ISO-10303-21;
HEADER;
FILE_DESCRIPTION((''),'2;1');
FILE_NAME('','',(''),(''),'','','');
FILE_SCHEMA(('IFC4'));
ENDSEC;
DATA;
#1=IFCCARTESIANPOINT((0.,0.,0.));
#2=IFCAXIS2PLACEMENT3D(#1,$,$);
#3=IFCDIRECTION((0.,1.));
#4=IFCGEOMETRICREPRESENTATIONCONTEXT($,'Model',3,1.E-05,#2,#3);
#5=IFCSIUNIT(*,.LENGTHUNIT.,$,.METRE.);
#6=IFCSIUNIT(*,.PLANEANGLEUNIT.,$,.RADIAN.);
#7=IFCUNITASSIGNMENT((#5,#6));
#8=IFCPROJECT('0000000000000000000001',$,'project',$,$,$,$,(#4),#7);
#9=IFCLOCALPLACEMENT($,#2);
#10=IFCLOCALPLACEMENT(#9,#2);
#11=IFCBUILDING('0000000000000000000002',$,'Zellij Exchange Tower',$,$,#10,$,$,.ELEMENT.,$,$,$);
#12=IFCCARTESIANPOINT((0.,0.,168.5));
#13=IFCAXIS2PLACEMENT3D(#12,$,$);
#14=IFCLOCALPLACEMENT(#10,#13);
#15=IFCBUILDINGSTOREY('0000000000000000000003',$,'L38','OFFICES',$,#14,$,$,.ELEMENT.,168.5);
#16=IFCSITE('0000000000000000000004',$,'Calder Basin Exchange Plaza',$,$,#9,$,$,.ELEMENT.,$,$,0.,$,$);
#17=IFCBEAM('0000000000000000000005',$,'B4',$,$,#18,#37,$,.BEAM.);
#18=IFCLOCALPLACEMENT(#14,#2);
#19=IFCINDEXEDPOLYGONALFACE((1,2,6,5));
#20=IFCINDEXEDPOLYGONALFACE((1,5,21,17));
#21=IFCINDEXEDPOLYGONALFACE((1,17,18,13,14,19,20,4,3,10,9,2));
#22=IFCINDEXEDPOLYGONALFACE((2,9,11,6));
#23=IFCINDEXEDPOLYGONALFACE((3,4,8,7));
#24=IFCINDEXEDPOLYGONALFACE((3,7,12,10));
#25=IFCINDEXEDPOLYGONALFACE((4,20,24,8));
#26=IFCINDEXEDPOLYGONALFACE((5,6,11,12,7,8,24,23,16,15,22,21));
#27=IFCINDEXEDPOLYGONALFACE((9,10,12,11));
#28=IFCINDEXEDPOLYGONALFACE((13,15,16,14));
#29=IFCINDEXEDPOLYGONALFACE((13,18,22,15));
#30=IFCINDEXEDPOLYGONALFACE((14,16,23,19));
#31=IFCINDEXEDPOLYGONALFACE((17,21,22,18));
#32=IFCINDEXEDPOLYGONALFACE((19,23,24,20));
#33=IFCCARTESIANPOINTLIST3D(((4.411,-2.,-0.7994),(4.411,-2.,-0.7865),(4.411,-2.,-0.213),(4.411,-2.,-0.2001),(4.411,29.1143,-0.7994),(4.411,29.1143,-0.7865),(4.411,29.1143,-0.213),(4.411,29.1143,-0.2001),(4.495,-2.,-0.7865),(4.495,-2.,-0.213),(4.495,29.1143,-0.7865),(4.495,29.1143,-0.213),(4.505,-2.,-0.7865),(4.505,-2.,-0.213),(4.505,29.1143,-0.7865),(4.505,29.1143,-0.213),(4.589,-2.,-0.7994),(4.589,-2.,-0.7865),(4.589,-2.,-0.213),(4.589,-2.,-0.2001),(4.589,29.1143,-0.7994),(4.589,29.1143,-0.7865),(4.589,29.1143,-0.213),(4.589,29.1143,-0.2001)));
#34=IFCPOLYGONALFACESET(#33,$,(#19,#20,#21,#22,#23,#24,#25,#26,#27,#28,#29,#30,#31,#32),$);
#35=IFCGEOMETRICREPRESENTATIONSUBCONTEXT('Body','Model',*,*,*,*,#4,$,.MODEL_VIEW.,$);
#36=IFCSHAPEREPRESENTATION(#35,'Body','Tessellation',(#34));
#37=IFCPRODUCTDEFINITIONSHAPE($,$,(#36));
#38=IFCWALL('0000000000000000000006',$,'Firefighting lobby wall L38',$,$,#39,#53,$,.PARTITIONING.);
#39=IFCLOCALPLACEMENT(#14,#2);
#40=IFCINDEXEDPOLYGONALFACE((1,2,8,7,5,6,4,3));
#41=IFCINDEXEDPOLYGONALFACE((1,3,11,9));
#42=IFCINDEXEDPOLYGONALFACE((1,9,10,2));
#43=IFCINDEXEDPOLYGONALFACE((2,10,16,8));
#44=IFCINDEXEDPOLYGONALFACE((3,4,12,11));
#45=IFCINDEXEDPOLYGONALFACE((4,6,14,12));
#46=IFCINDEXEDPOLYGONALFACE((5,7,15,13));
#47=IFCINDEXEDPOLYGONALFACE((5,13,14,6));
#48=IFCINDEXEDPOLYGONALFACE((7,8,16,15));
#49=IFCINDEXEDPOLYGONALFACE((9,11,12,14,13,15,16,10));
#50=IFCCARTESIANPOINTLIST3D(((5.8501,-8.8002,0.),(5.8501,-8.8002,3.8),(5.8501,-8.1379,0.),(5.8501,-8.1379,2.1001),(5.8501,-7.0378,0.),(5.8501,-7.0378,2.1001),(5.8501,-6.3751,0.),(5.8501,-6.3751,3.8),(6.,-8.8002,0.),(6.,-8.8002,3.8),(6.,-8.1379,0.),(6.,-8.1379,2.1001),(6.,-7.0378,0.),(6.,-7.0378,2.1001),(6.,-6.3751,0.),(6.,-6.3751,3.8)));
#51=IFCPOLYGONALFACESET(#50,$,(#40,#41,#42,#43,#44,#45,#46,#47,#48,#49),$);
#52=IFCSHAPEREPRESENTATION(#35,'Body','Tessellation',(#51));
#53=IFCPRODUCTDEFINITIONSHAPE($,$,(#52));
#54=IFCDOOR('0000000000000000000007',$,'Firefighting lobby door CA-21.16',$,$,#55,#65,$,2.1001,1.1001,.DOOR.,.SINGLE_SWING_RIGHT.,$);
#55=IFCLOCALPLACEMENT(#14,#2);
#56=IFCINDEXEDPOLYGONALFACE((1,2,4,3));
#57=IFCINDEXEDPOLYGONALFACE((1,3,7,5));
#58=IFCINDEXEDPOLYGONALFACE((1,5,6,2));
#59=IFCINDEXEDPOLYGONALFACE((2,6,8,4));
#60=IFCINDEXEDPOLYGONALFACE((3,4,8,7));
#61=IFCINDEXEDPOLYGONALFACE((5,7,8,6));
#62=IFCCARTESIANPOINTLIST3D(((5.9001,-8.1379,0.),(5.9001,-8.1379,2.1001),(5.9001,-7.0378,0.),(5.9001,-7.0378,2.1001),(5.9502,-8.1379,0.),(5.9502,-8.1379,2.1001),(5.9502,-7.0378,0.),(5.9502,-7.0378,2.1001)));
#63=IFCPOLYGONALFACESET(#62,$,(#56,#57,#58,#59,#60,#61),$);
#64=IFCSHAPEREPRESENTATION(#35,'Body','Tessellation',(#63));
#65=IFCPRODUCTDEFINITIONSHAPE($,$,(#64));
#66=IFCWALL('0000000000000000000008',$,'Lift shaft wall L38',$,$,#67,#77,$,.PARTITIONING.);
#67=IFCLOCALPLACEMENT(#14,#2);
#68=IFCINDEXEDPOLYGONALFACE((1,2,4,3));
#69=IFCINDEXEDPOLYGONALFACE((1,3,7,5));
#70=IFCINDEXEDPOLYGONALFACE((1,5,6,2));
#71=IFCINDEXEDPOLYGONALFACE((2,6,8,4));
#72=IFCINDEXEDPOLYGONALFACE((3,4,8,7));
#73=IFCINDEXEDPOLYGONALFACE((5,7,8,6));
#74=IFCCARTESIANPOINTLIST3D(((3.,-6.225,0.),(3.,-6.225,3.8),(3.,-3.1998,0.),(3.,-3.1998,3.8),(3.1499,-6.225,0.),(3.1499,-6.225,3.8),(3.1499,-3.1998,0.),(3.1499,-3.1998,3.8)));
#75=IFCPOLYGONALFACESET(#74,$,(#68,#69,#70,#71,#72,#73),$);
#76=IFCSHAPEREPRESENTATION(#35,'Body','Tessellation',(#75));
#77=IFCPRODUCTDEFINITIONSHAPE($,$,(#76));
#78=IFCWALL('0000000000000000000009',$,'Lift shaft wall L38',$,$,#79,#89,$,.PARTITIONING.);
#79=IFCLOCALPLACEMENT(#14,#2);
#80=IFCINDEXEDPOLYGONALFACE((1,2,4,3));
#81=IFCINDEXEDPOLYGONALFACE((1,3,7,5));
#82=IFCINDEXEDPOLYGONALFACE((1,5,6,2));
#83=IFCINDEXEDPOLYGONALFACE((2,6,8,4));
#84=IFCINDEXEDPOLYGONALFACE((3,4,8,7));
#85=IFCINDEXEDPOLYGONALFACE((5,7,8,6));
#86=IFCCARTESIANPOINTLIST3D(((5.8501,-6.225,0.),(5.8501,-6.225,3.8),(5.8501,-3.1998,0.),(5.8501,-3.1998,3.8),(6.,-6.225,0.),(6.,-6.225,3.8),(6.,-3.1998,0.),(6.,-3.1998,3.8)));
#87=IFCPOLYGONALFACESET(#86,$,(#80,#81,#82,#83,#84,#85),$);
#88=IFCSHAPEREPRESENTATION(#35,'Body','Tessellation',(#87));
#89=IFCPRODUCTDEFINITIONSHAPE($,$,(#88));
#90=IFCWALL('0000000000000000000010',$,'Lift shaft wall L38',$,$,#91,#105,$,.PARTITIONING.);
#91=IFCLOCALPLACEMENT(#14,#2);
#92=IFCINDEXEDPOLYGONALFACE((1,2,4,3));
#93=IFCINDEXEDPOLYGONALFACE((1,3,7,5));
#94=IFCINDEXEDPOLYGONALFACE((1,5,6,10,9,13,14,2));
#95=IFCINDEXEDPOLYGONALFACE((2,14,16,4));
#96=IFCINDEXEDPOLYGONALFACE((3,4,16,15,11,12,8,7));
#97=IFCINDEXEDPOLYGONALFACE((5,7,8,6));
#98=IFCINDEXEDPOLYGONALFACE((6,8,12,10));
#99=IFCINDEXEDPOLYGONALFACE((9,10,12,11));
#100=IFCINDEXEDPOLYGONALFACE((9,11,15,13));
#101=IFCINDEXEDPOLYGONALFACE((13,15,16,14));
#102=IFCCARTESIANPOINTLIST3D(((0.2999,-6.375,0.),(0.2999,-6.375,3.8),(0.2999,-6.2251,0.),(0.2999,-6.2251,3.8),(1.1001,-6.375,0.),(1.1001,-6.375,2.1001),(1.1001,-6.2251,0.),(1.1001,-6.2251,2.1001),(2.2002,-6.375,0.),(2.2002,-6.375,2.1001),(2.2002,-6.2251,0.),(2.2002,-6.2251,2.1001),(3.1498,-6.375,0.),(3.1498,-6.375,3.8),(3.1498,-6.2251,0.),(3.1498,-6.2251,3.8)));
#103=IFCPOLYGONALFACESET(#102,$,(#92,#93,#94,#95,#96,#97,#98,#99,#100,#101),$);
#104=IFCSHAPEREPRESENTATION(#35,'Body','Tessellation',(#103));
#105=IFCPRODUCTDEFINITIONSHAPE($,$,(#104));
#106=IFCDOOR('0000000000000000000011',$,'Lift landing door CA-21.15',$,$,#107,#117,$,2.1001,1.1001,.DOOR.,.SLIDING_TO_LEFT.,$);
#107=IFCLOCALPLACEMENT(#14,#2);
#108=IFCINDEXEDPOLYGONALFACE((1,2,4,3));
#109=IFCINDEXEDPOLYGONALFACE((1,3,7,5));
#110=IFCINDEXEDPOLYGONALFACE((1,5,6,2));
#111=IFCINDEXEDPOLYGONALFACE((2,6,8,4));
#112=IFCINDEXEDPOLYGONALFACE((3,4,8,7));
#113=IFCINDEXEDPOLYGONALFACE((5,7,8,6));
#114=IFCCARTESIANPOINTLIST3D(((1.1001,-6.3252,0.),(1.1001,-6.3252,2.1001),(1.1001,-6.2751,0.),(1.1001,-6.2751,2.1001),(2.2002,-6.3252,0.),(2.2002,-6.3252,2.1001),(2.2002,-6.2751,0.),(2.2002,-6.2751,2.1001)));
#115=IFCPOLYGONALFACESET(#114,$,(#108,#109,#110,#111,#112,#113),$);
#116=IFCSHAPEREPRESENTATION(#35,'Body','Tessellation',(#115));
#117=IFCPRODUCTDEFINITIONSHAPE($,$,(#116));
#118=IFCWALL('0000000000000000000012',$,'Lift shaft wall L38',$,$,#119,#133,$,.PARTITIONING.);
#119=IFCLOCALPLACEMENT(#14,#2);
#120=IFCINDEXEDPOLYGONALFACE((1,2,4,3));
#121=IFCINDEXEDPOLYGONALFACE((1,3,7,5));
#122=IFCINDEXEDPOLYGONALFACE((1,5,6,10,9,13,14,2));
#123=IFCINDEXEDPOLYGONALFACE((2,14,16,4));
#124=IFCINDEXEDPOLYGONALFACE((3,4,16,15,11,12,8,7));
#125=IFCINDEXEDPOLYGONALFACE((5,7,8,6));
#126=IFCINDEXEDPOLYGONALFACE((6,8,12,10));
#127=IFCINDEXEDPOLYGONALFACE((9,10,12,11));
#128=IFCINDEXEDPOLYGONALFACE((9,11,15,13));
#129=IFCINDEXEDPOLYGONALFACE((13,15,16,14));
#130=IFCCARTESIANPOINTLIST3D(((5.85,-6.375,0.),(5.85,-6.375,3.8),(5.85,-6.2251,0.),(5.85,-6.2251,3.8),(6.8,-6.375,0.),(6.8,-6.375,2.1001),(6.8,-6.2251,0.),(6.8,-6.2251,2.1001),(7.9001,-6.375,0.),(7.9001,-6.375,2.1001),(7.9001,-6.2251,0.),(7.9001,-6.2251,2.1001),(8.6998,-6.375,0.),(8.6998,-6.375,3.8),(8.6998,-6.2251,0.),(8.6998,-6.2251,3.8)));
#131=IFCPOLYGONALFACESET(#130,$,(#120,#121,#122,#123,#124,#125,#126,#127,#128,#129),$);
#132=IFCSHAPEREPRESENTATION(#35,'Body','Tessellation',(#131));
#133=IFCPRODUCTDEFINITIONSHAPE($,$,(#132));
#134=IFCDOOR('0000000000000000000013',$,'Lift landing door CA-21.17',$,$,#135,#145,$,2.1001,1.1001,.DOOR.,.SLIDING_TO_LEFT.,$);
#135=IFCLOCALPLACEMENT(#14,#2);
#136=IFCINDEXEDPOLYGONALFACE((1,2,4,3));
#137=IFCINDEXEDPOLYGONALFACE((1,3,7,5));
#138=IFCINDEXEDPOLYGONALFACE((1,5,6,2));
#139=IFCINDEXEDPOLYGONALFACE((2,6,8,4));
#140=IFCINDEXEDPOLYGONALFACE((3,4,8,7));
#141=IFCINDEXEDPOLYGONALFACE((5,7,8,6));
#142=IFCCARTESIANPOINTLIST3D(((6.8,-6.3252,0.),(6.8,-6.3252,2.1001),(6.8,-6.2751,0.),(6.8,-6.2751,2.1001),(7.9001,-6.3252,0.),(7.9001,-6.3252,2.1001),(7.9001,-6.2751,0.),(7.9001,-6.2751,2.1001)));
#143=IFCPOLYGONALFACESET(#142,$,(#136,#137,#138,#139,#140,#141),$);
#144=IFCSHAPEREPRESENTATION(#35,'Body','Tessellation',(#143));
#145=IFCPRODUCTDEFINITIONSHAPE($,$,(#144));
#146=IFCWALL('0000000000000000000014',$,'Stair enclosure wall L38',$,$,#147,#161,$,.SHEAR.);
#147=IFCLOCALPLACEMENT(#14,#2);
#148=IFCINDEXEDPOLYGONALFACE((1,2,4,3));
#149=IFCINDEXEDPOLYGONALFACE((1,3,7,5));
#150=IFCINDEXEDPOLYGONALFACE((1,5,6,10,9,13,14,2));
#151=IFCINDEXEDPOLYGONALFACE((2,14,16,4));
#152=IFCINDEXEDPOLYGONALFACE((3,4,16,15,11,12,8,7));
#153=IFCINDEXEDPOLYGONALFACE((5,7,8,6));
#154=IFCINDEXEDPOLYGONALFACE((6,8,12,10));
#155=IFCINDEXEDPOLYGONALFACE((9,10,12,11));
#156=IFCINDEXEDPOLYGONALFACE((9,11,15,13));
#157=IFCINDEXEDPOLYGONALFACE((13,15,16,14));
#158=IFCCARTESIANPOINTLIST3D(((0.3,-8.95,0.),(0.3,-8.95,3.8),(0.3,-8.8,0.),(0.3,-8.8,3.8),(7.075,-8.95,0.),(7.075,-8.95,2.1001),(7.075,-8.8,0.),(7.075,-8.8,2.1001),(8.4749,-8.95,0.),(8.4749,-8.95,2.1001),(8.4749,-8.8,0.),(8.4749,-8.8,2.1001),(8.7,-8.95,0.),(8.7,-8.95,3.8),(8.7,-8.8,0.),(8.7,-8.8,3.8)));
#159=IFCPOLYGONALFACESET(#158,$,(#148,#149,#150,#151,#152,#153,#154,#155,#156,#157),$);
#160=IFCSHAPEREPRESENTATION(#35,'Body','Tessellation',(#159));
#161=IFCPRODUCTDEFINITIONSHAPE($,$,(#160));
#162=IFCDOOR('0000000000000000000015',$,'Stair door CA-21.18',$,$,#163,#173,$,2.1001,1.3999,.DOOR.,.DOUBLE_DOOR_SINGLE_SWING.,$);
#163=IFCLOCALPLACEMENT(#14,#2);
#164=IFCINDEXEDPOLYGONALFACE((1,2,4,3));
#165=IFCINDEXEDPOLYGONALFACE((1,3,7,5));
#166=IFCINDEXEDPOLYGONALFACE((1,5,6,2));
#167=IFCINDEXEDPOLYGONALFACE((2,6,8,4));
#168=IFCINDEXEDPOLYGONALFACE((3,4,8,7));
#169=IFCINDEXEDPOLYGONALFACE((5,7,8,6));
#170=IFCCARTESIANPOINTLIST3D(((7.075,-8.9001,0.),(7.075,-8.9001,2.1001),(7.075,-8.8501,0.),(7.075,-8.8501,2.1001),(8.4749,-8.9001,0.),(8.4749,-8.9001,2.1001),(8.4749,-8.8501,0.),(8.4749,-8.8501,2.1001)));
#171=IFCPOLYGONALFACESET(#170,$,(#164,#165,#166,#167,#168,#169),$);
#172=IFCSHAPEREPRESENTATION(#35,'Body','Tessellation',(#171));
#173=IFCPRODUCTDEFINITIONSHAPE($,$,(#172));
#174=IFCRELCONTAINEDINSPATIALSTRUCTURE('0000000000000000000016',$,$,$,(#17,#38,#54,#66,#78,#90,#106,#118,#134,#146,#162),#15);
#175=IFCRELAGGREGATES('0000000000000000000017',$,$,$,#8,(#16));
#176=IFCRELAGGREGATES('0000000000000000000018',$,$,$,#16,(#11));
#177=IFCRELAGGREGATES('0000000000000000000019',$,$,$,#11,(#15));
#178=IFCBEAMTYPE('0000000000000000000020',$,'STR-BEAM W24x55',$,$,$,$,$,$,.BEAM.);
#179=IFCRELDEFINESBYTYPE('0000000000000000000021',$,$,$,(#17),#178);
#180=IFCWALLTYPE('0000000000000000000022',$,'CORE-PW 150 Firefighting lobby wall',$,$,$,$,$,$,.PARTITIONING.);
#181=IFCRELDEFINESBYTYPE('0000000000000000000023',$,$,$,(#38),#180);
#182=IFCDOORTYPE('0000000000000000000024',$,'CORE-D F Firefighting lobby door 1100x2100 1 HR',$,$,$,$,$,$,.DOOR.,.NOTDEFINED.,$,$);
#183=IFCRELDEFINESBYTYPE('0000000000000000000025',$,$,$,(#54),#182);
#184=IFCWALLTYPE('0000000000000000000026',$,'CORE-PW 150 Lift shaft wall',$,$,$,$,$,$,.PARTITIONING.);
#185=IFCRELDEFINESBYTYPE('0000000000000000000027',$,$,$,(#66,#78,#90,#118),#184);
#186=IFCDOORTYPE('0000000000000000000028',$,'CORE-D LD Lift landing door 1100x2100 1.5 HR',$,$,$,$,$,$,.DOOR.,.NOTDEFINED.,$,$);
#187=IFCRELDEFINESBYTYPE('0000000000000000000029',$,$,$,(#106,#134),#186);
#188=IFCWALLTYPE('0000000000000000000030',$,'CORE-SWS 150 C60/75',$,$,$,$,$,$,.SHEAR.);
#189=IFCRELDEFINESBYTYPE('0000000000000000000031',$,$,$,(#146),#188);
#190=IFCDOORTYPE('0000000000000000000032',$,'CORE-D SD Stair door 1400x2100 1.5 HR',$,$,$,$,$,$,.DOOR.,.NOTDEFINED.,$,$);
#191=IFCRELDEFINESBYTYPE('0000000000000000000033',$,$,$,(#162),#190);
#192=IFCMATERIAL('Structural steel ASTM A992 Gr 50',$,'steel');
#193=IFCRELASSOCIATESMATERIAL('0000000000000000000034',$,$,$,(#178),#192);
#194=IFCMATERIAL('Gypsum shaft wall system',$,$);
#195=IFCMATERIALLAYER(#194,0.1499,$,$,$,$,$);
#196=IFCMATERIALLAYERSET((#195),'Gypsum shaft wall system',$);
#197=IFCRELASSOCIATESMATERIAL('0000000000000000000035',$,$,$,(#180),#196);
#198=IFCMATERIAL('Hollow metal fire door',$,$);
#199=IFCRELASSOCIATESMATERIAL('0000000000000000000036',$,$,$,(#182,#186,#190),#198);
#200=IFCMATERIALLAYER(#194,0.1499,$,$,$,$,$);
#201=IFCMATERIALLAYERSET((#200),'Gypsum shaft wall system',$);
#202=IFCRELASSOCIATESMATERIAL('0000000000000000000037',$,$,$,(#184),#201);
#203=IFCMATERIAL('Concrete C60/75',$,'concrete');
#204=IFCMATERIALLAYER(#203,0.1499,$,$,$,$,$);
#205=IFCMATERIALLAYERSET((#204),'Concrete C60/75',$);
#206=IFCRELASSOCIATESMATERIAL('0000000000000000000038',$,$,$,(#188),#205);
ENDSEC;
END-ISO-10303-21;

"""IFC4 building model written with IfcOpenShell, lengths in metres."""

from ifc_helpers import new_model, si_unit, direction, frame, frame_2d, origin, origin_2d, place, context, subcontext, project, spatial, rectangle, i_section, extrude, material, layer, layer_set, material_profile, profile_set, type_object, element, fill, save


model = new_model("IFC4")

# Units and contexts
model_context = context("Model", 3, precision=1e-05, world=origin(), true_north=direction((0.0, 1.0)))
body_context = subcontext(model_context, "Body", "Model", "MODEL_VIEW")
ifc_project = project(units=[si_unit("LENGTHUNIT", "METRE"), si_unit("PLANEANGLEUNIT", "RADIAN")], contexts=[model_context])

# Site, building, storey
site_placement = place(None, origin())
site = spatial("IfcSite", under=ifc_project, at=site_placement, Name="Calder Basin Exchange Plaza", CompositionType="ELEMENT", RefElevation=0.0)
building_placement = place(site_placement, origin())
building = spatial("IfcBuilding", under=site, at=building_placement, Name="Zellij Exchange Tower", CompositionType="ELEMENT")
storey_placement = place(building_placement, frame((0.0, 0.0, 168.5)))
storey = spatial("IfcBuildingStorey", under=building, at=storey_placement, Name="L38", Description="OFFICES", CompositionType="ELEMENT", Elevation=168.5)

# Beam
ifc_material_1 = material(Name="Structural steel ASTM A992 Gr 50", Category="steel")
ifc_material_profile = material_profile(ifc_material_1, i_section(OverallWidth=0.178, OverallDepth=0.5994, WebThickness=0.01, FlangeThickness=0.0129, at=origin_2d()), Name="W24x55")
ifc_profile_set = profile_set([ifc_material_profile], Name="Structural steel ASTM A992 Gr 50")
beam_type = type_object("IfcBeamType", Name="STR-BEAM W24x55", PredefinedType="BEAM", material=ifc_profile_set)
beam_placement = place(storey_placement, frame((4.5, -2.0, -0.4998), z_axis=(0.0, 1.0, 0.0), x_axis=(-1.0, 0.0, 0.0)))
element("IfcBeam", 1, at=beam_placement, inside=storey, type_object=beam_type, Name="B4", PredefinedType="BEAM", context=body_context, shape_type="SweptSolid", body=[
    extrude(i_section(OverallWidth=0.178, OverallDepth=0.5994, WebThickness=0.01, FlangeThickness=0.0129, at=origin_2d()), origin(), (0.0, 0.0, 1.0), 31.1143),
])

# Wall, opening, door
ifc_material_2 = material(Name="Gypsum shaft wall system")
ifc_layer_1 = layer(ifc_material_2, 0.1499)
ifc_layer_set_1 = layer_set([ifc_layer_1], Name="Gypsum shaft wall system")
wall_type_1 = type_object("IfcWallType", Name="CORE-PW 150 Firefighting lobby wall", PredefinedType="PARTITIONING", material=ifc_layer_set_1)
wall_1_placement = place(storey_placement, frame((5.925, -8.8, 0.0), z_axis=(0.0, 0.0, 1.0), x_axis=(0.0, 1.0, 0.0)))
wall_1 = element("IfcWall", 2, at=wall_1_placement, inside=storey, type_object=wall_type_1, Name="Firefighting lobby wall L38", PredefinedType="PARTITIONING", context=body_context, shape_type="SweptSolid", body=[
    extrude(rectangle(XDim=2.425, YDim=0.1499, at=frame_2d((1.2124, 0.0))), origin(), (0.0, 0.0, 1.0), 3.8),
])
opening_1_placement = place(wall_1_placement, frame((0.6621, 0.0, 0.0)))
opening_1 = element("IfcOpeningElement", 3, at=opening_1_placement, cuts=wall_1, PredefinedType="OPENING", context=body_context, shape_type="SweptSolid", body=[
    extrude(rectangle(XDim=1.1001, YDim=2.1001, at=frame_2d((0.55, 1.05))), frame((0.0, 0.0869, 0.0), z_axis=(0.0, -1.0, 0.0), x_axis=(1.0, 0.0, 0.0)), (0.0, 0.0, 1.0), 0.1738),
])
ifc_material_3 = material(Name="Hollow metal fire door")
door_type_1 = type_object("IfcDoorType", Name="CORE-D F Firefighting lobby door 1100x2100 1 HR", OperationType="NOTDEFINED", PredefinedType="DOOR", material=ifc_material_3)
door_1_placement = place(opening_1_placement, origin())
door_1 = element("IfcDoor", 4, at=door_1_placement, inside=storey, type_object=door_type_1, Name="Firefighting lobby door CA-21.16", OperationType="SINGLE_SWING_RIGHT", OverallHeight=2.1001, OverallWidth=1.1001, PredefinedType="DOOR", context=body_context, shape_type="SweptSolid", body=[
    extrude(rectangle(XDim=1.1001, YDim=2.1001, at=frame_2d((0.55, 1.05))), frame((0.0, 0.0249, 0.0), z_axis=(0.0, -1.0, 0.0), x_axis=(1.0, 0.0, 0.0)), (0.0, 0.0, 1.0), 0.05),
])
fill(opening_1, door_1)

# Walls
ifc_layer_2 = layer(ifc_material_2, 0.1499)
ifc_layer_set_2 = layer_set([ifc_layer_2], Name="Gypsum shaft wall system")
wall_type_2 = type_object("IfcWallType", Name="CORE-PW 150 Lift shaft wall", PredefinedType="PARTITIONING", material=ifc_layer_set_2)
for number, where, z_axis, x_axis, name in (
    (5, (3.075, -6.2251, 0.0), (0.0, 0.0, 1.0), (0.0, 1.0, 0.0), "Lift shaft wall L38"),
    (6, (5.925, -6.2251, 0.0), (0.0, 0.0, 1.0), (0.0, 1.0, 0.0), "Lift shaft wall L38"),
):
    element("IfcWall", number, at=place(storey_placement, frame(where, z_axis=z_axis, x_axis=x_axis)), inside=storey, type_object=wall_type_2, Name=name, PredefinedType="PARTITIONING", context=body_context, shape_type="SweptSolid", body=[
        extrude(rectangle(XDim=3.0251, YDim=0.1499, at=frame_2d((1.5127, 0.0))), origin(), (0.0, 0.0, 1.0), 3.8),
    ])

# Walls, openings, doors
wall_2_placement = place(storey_placement, frame((0.3, -6.3, 0.0), z_axis=(0.0, 0.0, 1.0), x_axis=(1.0, 0.0, 0.0)))
wall_2 = element("IfcWall", 7, at=wall_2_placement, inside=storey, type_object=wall_type_2, Name="Lift shaft wall L38", PredefinedType="PARTITIONING", context=body_context, shape_type="SweptSolid", body=[
    extrude(rectangle(XDim=2.8499, YDim=0.1499, at=frame_2d((1.4248, 0.0))), origin(), (0.0, 0.0, 1.0), 3.8),
])
opening_2_placement = place(wall_2_placement, frame((0.8, 0.0, 0.0)))
opening_2 = element("IfcOpeningElement", 8, at=opening_2_placement, cuts=wall_2, PredefinedType="OPENING", context=body_context, shape_type="SweptSolid", body=[
    extrude(rectangle(XDim=1.1001, YDim=2.1001, at=frame_2d((0.55, 1.05))), frame((0.0, 0.0869, 0.0), z_axis=(0.0, -1.0, 0.0), x_axis=(1.0, 0.0, 0.0)), (0.0, 0.0, 1.0), 0.1738),
])
door_type_2 = type_object("IfcDoorType", Name="CORE-D LD Lift landing door 1100x2100 1.5 HR", OperationType="NOTDEFINED", PredefinedType="DOOR", material=ifc_material_3)
door_2_placement = place(opening_2_placement, origin())
door_2 = element("IfcDoor", 9, at=door_2_placement, inside=storey, type_object=door_type_2, Name="Lift landing door CA-21.15", OperationType="SLIDING_TO_LEFT", OverallHeight=2.1001, OverallWidth=1.1001, PredefinedType="DOOR", context=body_context, shape_type="SweptSolid", body=[
    extrude(rectangle(XDim=1.1001, YDim=2.1001, at=frame_2d((0.55, 1.05))), frame((0.0, 0.0249, 0.0), z_axis=(0.0, -1.0, 0.0), x_axis=(1.0, 0.0, 0.0)), (0.0, 0.0, 1.0), 0.05),
])
fill(opening_2, door_2)
wall_3_placement = place(storey_placement, frame((5.8501, -6.3, 0.0), z_axis=(0.0, 0.0, 1.0), x_axis=(1.0, 0.0, 0.0)))
wall_3 = element("IfcWall", 10, at=wall_3_placement, inside=storey, type_object=wall_type_2, Name="Lift shaft wall L38", PredefinedType="PARTITIONING", context=body_context, shape_type="SweptSolid", body=[
    extrude(rectangle(XDim=2.8499, YDim=0.1499, at=frame_2d((1.4248, 0.0))), origin(), (0.0, 0.0, 1.0), 3.8),
])
opening_3_placement = place(wall_3_placement, frame((0.95, 0.0, 0.0)))
opening_3 = element("IfcOpeningElement", 11, at=opening_3_placement, cuts=wall_3, PredefinedType="OPENING", context=body_context, shape_type="SweptSolid", body=[
    extrude(rectangle(XDim=1.1001, YDim=2.1001, at=frame_2d((0.55, 1.05))), frame((0.0, 0.0869, 0.0), z_axis=(0.0, -1.0, 0.0), x_axis=(1.0, 0.0, 0.0)), (0.0, 0.0, 1.0), 0.1738),
])
door_3_placement = place(opening_3_placement, origin())
door_3 = element("IfcDoor", 12, at=door_3_placement, inside=storey, type_object=door_type_2, Name="Lift landing door CA-21.17", OperationType="SLIDING_TO_LEFT", OverallHeight=2.1001, OverallWidth=1.1001, PredefinedType="DOOR", context=body_context, shape_type="SweptSolid", body=[
    extrude(rectangle(XDim=1.1001, YDim=2.1001, at=frame_2d((0.55, 1.05))), frame((0.0, 0.0249, 0.0), z_axis=(0.0, -1.0, 0.0), x_axis=(1.0, 0.0, 0.0)), (0.0, 0.0, 1.0), 0.05),
])
fill(opening_3, door_3)
ifc_material_4 = material(Name="Concrete C60/75", Category="concrete")
ifc_layer_3 = layer(ifc_material_4, 0.1499)
ifc_layer_set_3 = layer_set([ifc_layer_3], Name="Concrete C60/75")
wall_type_3 = type_object("IfcWallType", Name="CORE-SWS 150 C60/75", PredefinedType="SHEAR", material=ifc_layer_set_3)
wall_4_placement = place(storey_placement, frame((0.3, -8.875, 0.0), z_axis=(0.0, 0.0, 1.0), x_axis=(1.0, 0.0, 0.0)))
wall_4 = element("IfcWall", 13, at=wall_4_placement, inside=storey, type_object=wall_type_3, Name="Stair enclosure wall L38", PredefinedType="SHEAR", context=body_context, shape_type="SweptSolid", body=[
    extrude(rectangle(XDim=8.3999, YDim=0.1499, at=frame_2d((4.2, 0.0))), origin(), (0.0, 0.0, 1.0), 3.8),
])
opening_4_placement = place(wall_4_placement, frame((6.7749, 0.0, 0.0)))
opening_4 = element("IfcOpeningElement", 14, at=opening_4_placement, cuts=wall_4, PredefinedType="OPENING", context=body_context, shape_type="SweptSolid", body=[
    extrude(rectangle(XDim=1.3999, YDim=2.1001, at=frame_2d((0.7, 1.05))), frame((0.0, 0.0869, 0.0), z_axis=(0.0, -1.0, 0.0), x_axis=(1.0, 0.0, 0.0)), (0.0, 0.0, 1.0), 0.1738),
])
door_type_3 = type_object("IfcDoorType", Name="CORE-D SD Stair door 1400x2100 1.5 HR", OperationType="NOTDEFINED", PredefinedType="DOOR", material=ifc_material_3)
door_4_placement = place(opening_4_placement, origin())
door_4 = element("IfcDoor", 15, at=door_4_placement, inside=storey, type_object=door_type_3, Name="Stair door CA-21.18", OperationType="DOUBLE_DOOR_SINGLE_SWING", OverallHeight=2.1001, OverallWidth=1.3999, PredefinedType="DOOR", context=body_context, shape_type="SweptSolid", body=[
    extrude(rectangle(XDim=1.3999, YDim=2.1001, at=frame_2d((0.7, 1.05))), frame((0.0, 0.0249, 0.0), z_axis=(0.0, -1.0, 0.0), x_axis=(1.0, 0.0, 0.0)), (0.0, 0.0, 1.0), 0.05),
])
fill(opening_4, door_4)

save(model, "model.ifc")
